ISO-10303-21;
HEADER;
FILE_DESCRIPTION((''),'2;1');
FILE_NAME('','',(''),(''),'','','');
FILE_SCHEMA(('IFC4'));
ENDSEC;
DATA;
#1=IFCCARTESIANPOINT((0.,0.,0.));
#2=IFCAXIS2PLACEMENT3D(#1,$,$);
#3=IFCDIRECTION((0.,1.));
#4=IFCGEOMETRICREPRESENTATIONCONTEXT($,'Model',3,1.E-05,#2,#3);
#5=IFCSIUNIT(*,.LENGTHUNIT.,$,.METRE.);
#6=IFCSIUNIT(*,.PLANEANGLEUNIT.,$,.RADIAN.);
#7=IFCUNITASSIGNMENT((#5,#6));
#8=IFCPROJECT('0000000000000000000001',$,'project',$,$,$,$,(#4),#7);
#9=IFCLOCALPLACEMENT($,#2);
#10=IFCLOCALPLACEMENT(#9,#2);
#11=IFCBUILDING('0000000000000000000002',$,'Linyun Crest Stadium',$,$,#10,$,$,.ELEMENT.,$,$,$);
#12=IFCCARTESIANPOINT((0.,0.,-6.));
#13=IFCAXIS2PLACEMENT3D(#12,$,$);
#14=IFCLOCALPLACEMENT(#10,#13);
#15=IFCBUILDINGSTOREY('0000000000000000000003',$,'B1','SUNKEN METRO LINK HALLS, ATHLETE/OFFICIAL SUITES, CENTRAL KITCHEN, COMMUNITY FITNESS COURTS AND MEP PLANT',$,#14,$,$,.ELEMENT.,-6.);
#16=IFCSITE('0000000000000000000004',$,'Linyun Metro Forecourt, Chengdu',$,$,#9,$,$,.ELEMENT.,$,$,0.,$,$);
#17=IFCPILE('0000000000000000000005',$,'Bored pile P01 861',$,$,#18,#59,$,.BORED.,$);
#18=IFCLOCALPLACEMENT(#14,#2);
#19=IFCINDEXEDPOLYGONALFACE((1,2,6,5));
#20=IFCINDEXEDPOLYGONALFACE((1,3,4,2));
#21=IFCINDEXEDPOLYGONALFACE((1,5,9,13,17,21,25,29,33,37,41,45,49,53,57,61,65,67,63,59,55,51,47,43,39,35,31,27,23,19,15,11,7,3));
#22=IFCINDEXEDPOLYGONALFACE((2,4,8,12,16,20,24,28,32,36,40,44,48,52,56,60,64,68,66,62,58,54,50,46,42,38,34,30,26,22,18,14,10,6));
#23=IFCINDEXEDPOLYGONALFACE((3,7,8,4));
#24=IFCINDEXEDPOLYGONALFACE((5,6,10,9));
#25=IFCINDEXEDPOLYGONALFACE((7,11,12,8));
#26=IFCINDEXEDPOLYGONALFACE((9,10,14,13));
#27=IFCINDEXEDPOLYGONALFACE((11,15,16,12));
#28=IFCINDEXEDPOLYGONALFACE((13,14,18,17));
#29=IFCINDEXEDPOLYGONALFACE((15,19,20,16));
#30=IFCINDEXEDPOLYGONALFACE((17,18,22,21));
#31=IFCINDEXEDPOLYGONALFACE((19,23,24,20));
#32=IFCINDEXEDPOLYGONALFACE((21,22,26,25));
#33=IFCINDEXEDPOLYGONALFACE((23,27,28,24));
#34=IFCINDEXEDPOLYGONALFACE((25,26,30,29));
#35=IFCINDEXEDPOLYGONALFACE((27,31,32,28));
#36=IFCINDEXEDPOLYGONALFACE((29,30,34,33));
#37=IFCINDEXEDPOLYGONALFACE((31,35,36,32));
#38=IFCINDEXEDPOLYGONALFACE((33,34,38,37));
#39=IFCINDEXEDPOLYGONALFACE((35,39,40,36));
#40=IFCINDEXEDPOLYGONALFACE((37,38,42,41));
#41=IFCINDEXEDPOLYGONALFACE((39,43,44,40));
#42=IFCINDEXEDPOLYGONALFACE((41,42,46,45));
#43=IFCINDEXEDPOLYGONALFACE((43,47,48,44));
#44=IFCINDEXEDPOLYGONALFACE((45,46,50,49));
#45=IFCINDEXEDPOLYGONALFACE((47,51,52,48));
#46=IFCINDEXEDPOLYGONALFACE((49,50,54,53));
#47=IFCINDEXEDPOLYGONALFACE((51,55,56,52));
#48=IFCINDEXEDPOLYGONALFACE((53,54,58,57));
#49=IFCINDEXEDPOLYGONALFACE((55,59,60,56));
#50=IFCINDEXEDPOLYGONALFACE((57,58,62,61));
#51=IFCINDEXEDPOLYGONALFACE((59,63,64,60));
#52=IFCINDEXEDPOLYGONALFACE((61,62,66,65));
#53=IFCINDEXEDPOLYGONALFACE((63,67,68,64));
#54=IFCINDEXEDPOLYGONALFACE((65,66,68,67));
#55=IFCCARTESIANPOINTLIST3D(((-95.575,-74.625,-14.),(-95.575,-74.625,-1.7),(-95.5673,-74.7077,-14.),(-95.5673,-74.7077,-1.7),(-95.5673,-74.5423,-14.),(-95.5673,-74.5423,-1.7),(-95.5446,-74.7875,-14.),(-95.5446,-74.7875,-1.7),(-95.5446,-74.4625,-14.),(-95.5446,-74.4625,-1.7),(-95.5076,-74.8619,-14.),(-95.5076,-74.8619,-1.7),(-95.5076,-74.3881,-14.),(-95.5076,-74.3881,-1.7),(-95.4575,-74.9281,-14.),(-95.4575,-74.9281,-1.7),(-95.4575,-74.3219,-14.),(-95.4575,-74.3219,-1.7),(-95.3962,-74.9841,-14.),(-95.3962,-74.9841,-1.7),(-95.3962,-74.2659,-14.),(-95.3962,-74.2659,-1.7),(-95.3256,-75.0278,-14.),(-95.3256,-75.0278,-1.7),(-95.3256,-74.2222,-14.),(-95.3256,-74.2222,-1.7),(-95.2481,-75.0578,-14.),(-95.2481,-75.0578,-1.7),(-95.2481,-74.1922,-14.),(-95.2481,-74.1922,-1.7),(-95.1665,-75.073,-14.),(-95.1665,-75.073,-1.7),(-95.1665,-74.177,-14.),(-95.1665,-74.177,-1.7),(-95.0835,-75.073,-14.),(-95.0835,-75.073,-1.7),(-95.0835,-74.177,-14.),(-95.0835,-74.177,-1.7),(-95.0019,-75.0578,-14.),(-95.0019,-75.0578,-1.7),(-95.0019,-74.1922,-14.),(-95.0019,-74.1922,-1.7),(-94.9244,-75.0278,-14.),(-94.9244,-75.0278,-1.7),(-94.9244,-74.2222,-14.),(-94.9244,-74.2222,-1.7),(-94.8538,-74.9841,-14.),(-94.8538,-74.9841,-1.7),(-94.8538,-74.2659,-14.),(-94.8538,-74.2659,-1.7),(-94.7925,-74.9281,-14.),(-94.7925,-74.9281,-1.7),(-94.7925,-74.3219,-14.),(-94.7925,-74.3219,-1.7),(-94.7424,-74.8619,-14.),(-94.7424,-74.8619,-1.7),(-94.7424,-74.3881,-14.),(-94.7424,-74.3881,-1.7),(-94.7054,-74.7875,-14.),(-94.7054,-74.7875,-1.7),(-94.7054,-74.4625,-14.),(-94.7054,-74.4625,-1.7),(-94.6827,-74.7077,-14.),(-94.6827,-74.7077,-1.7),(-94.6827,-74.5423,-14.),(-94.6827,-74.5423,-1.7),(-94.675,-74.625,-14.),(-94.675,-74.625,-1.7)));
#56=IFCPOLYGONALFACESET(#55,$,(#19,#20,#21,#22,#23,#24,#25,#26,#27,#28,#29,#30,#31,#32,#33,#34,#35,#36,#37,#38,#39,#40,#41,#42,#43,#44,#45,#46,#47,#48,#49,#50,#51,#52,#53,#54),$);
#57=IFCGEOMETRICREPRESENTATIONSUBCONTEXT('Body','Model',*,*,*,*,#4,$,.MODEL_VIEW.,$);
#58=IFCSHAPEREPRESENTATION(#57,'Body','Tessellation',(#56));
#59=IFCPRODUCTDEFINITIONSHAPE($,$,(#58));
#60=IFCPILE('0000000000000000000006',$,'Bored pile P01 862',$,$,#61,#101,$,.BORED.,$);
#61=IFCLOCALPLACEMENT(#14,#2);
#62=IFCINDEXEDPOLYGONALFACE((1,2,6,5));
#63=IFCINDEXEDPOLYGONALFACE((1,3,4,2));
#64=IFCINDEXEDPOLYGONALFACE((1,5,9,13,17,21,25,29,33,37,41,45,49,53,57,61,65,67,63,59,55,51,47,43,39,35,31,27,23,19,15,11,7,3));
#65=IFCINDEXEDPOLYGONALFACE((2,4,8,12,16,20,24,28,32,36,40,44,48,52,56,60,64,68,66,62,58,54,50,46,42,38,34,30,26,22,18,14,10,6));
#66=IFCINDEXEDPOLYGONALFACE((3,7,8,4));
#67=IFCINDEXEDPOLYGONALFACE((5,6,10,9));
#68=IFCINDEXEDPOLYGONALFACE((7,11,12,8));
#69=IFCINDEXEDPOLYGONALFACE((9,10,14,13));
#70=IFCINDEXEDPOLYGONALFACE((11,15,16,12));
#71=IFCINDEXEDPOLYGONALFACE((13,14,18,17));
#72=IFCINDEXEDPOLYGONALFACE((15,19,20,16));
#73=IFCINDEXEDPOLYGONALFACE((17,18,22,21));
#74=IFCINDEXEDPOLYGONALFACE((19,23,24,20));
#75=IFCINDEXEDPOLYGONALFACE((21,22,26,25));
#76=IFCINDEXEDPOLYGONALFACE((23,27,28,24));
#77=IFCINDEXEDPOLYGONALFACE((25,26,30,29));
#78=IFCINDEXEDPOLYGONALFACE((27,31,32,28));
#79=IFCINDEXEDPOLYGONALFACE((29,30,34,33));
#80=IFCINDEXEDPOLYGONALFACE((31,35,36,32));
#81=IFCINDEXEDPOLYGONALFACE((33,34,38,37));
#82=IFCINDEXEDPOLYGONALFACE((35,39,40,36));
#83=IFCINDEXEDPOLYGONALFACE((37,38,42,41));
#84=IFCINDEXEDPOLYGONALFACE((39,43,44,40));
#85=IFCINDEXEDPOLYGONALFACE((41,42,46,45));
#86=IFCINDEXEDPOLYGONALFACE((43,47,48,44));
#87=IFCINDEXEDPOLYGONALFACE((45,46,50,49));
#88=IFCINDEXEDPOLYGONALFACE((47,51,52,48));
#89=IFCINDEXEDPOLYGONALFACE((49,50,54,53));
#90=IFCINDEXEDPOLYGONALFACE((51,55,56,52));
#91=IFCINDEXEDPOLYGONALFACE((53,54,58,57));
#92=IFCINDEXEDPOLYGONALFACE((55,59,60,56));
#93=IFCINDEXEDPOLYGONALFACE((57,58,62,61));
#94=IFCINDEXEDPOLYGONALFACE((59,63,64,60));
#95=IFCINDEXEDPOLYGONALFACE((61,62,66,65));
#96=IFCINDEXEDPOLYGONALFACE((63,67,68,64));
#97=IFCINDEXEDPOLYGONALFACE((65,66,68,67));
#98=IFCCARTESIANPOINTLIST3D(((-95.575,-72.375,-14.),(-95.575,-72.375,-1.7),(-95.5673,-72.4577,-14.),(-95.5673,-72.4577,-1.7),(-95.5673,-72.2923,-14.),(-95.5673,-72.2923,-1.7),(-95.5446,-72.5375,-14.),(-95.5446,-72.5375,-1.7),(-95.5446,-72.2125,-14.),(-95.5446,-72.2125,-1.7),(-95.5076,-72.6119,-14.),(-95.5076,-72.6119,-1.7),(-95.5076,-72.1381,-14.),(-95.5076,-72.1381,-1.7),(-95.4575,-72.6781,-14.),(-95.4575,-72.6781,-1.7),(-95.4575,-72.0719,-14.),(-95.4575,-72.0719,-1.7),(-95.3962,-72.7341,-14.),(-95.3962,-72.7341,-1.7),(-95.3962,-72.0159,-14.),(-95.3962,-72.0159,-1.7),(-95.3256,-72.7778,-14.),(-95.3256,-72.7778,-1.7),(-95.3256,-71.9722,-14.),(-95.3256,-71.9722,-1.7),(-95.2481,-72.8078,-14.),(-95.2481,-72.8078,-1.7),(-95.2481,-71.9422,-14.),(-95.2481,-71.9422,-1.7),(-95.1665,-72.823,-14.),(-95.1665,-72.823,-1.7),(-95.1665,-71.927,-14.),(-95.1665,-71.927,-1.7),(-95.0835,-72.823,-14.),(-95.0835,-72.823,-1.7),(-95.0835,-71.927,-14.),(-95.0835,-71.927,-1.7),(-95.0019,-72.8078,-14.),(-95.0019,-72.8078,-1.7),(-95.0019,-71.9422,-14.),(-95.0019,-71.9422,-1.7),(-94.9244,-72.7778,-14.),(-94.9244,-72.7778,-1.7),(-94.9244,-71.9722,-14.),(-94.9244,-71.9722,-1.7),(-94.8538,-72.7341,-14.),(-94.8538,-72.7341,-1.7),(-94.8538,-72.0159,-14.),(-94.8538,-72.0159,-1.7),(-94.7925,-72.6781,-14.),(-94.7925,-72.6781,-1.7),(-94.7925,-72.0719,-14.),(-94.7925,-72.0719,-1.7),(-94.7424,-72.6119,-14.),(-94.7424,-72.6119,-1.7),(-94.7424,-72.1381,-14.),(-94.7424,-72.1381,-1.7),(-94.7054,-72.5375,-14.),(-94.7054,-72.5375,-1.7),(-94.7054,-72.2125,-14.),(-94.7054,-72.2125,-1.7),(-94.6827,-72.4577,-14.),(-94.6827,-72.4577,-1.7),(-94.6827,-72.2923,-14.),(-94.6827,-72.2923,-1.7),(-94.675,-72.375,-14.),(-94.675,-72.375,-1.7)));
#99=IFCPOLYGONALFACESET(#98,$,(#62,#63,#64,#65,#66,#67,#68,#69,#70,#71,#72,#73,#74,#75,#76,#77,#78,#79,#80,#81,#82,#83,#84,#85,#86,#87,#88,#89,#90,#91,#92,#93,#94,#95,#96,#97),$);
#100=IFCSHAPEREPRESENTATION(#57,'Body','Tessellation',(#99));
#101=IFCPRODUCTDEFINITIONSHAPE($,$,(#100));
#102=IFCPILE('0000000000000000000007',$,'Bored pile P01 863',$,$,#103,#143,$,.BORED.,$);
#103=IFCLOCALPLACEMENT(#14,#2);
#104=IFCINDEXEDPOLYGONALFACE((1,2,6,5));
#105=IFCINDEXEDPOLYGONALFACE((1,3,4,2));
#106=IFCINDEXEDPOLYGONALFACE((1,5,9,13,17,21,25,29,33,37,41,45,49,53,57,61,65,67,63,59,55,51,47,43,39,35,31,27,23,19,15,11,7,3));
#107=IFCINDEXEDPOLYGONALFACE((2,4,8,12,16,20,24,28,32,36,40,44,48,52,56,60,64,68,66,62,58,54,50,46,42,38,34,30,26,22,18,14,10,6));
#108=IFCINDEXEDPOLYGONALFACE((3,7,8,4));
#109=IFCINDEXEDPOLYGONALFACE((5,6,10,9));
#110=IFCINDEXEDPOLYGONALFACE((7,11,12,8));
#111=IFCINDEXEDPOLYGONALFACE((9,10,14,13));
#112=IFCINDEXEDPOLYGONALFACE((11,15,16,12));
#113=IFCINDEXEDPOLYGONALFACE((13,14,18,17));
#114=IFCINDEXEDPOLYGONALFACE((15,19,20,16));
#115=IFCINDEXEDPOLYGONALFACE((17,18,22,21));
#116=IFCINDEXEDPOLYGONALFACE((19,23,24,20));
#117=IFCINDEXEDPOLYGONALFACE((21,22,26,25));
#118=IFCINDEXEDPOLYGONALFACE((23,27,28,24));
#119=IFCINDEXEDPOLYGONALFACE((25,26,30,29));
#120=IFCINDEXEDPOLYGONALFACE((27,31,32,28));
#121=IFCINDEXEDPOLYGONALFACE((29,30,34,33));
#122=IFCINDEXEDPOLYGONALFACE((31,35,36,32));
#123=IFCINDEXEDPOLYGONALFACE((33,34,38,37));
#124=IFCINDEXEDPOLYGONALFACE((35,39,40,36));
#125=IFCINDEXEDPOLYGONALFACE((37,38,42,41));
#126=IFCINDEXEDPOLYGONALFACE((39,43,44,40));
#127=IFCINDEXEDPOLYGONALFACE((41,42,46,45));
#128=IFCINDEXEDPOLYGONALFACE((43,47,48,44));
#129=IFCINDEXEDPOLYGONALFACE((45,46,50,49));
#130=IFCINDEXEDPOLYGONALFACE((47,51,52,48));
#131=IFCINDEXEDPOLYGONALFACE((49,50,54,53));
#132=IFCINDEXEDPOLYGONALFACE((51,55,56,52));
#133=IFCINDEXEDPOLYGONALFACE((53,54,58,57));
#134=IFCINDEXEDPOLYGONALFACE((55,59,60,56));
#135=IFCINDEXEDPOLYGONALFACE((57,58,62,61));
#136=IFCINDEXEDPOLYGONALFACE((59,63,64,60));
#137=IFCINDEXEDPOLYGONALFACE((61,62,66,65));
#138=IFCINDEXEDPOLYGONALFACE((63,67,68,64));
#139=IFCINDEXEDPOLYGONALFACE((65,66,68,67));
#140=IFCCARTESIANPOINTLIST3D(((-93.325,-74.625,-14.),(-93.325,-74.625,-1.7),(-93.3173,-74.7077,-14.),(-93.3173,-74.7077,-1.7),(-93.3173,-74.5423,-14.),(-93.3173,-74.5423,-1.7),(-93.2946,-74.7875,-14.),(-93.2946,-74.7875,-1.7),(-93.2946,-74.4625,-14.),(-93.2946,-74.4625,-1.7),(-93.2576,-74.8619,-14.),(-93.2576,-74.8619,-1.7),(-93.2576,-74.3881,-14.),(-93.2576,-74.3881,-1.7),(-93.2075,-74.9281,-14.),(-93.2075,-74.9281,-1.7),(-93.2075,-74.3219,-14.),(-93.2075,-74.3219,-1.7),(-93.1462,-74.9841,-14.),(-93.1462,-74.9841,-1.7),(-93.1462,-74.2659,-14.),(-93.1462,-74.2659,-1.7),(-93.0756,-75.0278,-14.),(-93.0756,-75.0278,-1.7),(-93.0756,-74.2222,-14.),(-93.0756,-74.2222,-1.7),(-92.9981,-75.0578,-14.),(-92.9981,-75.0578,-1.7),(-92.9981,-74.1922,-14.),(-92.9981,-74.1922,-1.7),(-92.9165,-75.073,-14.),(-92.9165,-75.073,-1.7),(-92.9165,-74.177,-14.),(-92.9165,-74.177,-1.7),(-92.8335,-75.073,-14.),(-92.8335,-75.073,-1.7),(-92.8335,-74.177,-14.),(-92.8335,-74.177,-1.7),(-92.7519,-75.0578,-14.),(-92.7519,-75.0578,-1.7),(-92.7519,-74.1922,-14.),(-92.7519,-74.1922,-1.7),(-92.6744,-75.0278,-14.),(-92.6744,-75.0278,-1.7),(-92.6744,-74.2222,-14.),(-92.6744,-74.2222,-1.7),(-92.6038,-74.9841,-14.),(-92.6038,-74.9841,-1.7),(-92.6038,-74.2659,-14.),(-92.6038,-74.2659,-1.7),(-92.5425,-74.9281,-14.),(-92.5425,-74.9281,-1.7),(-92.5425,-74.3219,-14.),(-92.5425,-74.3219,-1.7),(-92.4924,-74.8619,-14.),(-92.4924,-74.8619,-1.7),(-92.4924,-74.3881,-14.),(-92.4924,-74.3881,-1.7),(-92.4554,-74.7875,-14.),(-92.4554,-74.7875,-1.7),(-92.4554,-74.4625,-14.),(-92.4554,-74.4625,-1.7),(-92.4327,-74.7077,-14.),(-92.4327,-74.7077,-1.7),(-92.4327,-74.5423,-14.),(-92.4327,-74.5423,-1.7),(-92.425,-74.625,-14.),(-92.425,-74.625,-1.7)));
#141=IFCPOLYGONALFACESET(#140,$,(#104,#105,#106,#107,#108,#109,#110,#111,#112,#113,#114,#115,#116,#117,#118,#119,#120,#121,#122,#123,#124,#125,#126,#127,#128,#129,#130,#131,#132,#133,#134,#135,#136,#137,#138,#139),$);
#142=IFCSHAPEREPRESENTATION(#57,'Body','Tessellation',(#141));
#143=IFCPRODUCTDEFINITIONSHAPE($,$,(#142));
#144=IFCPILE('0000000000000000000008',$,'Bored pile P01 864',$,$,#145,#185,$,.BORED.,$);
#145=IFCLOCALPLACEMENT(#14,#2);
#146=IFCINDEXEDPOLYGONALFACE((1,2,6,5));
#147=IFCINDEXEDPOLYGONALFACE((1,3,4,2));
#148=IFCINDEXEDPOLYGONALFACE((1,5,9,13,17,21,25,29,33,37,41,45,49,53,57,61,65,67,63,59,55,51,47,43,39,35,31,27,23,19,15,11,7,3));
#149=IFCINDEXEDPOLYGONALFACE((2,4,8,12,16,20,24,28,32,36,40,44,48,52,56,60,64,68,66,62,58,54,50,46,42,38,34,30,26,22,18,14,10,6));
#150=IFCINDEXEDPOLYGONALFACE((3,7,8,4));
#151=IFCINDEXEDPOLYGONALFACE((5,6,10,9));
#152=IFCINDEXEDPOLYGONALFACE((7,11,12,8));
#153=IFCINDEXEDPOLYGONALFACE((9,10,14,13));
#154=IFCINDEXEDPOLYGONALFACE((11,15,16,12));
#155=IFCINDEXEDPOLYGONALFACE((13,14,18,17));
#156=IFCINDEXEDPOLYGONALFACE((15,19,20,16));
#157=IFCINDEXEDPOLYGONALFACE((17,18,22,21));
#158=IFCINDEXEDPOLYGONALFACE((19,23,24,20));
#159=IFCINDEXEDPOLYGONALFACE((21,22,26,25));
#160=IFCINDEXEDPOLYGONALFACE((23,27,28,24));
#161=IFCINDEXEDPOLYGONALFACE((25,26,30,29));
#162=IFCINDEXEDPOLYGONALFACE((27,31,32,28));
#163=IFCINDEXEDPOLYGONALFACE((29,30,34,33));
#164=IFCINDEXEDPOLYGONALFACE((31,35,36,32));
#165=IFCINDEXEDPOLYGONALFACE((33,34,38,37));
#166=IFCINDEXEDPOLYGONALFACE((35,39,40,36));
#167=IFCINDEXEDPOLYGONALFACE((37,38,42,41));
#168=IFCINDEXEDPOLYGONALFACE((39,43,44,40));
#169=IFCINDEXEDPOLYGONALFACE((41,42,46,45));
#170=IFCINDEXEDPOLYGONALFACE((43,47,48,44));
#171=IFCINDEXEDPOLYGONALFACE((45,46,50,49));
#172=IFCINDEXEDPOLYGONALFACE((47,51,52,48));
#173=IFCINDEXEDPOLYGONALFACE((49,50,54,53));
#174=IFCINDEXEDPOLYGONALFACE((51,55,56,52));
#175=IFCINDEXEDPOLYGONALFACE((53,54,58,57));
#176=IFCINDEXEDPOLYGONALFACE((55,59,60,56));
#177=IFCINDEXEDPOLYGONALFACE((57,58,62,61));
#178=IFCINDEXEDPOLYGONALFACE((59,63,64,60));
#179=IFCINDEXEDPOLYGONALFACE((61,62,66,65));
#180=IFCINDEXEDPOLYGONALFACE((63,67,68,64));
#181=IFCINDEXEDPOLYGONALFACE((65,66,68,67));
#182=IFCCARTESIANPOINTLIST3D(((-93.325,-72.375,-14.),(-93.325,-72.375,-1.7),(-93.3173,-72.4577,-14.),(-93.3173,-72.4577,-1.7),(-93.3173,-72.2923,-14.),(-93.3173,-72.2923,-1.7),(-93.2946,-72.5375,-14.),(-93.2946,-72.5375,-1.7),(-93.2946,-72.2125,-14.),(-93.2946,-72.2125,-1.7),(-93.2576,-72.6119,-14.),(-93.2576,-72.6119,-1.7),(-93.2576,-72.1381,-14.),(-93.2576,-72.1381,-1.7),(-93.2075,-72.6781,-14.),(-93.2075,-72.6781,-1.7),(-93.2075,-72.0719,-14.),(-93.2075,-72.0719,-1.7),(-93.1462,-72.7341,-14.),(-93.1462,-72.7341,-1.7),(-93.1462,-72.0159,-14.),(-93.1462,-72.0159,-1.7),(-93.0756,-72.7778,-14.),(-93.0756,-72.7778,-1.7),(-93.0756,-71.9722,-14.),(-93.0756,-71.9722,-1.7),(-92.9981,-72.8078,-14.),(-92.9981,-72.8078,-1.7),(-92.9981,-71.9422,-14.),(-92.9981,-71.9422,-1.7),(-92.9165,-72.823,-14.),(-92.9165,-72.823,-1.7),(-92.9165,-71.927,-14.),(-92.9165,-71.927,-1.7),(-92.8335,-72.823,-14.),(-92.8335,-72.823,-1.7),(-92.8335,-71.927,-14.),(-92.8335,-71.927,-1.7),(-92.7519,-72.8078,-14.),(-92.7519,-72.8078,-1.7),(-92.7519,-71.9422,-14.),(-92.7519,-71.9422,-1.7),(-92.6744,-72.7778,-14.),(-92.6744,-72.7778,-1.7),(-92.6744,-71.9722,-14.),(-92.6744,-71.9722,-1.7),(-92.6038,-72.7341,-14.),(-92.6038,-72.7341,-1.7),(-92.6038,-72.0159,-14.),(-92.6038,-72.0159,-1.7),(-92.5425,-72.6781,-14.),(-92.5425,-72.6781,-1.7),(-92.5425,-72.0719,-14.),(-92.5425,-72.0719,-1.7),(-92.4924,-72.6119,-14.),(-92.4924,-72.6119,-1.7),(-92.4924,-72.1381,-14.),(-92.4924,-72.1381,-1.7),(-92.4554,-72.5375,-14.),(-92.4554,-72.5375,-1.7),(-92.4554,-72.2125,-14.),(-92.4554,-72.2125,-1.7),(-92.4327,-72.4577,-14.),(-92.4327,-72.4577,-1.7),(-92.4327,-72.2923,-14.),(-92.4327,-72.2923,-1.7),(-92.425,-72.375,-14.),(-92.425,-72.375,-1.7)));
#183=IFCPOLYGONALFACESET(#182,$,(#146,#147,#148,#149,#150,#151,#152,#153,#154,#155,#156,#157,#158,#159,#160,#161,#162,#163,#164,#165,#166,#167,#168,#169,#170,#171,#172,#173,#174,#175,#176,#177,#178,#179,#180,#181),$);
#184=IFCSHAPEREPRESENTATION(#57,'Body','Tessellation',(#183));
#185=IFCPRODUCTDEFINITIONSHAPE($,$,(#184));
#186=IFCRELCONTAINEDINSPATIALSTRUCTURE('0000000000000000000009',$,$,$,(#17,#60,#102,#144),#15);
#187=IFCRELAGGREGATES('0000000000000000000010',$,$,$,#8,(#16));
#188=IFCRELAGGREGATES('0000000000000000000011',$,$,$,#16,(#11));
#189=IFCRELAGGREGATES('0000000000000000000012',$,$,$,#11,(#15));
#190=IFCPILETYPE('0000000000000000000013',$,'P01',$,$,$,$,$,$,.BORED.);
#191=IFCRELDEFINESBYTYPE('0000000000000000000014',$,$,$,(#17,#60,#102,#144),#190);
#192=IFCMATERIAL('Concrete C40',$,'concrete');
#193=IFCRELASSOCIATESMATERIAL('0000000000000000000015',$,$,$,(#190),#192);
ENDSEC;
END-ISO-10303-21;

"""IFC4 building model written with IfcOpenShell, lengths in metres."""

from ifc_helpers import new_model, si_unit, direction, frame, origin, origin_2d, place, context, subcontext, project, spatial, circle, extrude, material, material_profile, profile_set, type_object, element, save


model = new_model("IFC4")

# Units and contexts
model_context = context("Model", 3, precision=1e-05, world=origin(), true_north=direction((0.0, 1.0)))
body_context = subcontext(model_context, "Body", "Model", "MODEL_VIEW")
ifc_project = project(units=[si_unit("LENGTHUNIT", "METRE"), si_unit("PLANEANGLEUNIT", "RADIAN")], contexts=[model_context])

# Site, building, storey
site_placement = place(None, origin())
site = spatial("IfcSite", under=ifc_project, at=site_placement, Name="Linyun Metro Forecourt, Chengdu", CompositionType="ELEMENT", RefElevation=0.0)
building_placement = place(site_placement, origin())
building = spatial("IfcBuilding", under=site, at=building_placement, Name="Linyun Crest Stadium", CompositionType="ELEMENT")
storey_placement = place(building_placement, frame((0.0, 0.0, -6.0)))
storey = spatial("IfcBuildingStorey", under=building, at=storey_placement, Name="B1", Description="SUNKEN METRO LINK HALLS, ATHLETE/OFFICIAL SUITES, CENTRAL KITCHEN, COMMUNITY FITNESS COURTS AND MEP PLANT", CompositionType="ELEMENT", Elevation=-6.0)

# Piles
ifc_material_1 = material(Name="Concrete C40", Category="concrete")
ifc_material_profile_1 = material_profile(ifc_material_1, circle(Radius=0.45, at=origin_2d()), Name="BORED PILE 900")
ifc_profile_set_1 = profile_set([ifc_material_profile_1], Name="Concrete C40")
pile_type = type_object("IfcPileType", Name="P01", PredefinedType="BORED", material=ifc_profile_set_1)
for number, where, z_axis, x_axis, name in (
    (1, (-95.125, -74.625, -1.7), (0.0, 0.0, -1.0), (1.0, 0.0, 0.0), "Bored pile P01 861"),
    (2, (-95.125, -72.375, -1.7), (0.0, 0.0, -1.0), (1.0, 0.0, 0.0), "Bored pile P01 862"),
    (3, (-92.875, -74.625, -1.7), (0.0, 0.0, -1.0), (1.0, 0.0, 0.0), "Bored pile P01 863"),
    (4, (-92.875, -72.375, -1.7), (0.0, 0.0, -1.0), (1.0, 0.0, 0.0), "Bored pile P01 864"),
):
    element("IfcPile", number, at=place(storey_placement, frame(where, z_axis=z_axis, x_axis=x_axis)), inside=storey, type_object=pile_type, Name=name, PredefinedType="BORED", context=body_context, shape_type="SweptSolid", body=[
        extrude(circle(Radius=0.45, at=origin_2d()), origin(), (0.0, 0.0, 1.0), 12.3),
    ])

save(model, "model.ifc")
